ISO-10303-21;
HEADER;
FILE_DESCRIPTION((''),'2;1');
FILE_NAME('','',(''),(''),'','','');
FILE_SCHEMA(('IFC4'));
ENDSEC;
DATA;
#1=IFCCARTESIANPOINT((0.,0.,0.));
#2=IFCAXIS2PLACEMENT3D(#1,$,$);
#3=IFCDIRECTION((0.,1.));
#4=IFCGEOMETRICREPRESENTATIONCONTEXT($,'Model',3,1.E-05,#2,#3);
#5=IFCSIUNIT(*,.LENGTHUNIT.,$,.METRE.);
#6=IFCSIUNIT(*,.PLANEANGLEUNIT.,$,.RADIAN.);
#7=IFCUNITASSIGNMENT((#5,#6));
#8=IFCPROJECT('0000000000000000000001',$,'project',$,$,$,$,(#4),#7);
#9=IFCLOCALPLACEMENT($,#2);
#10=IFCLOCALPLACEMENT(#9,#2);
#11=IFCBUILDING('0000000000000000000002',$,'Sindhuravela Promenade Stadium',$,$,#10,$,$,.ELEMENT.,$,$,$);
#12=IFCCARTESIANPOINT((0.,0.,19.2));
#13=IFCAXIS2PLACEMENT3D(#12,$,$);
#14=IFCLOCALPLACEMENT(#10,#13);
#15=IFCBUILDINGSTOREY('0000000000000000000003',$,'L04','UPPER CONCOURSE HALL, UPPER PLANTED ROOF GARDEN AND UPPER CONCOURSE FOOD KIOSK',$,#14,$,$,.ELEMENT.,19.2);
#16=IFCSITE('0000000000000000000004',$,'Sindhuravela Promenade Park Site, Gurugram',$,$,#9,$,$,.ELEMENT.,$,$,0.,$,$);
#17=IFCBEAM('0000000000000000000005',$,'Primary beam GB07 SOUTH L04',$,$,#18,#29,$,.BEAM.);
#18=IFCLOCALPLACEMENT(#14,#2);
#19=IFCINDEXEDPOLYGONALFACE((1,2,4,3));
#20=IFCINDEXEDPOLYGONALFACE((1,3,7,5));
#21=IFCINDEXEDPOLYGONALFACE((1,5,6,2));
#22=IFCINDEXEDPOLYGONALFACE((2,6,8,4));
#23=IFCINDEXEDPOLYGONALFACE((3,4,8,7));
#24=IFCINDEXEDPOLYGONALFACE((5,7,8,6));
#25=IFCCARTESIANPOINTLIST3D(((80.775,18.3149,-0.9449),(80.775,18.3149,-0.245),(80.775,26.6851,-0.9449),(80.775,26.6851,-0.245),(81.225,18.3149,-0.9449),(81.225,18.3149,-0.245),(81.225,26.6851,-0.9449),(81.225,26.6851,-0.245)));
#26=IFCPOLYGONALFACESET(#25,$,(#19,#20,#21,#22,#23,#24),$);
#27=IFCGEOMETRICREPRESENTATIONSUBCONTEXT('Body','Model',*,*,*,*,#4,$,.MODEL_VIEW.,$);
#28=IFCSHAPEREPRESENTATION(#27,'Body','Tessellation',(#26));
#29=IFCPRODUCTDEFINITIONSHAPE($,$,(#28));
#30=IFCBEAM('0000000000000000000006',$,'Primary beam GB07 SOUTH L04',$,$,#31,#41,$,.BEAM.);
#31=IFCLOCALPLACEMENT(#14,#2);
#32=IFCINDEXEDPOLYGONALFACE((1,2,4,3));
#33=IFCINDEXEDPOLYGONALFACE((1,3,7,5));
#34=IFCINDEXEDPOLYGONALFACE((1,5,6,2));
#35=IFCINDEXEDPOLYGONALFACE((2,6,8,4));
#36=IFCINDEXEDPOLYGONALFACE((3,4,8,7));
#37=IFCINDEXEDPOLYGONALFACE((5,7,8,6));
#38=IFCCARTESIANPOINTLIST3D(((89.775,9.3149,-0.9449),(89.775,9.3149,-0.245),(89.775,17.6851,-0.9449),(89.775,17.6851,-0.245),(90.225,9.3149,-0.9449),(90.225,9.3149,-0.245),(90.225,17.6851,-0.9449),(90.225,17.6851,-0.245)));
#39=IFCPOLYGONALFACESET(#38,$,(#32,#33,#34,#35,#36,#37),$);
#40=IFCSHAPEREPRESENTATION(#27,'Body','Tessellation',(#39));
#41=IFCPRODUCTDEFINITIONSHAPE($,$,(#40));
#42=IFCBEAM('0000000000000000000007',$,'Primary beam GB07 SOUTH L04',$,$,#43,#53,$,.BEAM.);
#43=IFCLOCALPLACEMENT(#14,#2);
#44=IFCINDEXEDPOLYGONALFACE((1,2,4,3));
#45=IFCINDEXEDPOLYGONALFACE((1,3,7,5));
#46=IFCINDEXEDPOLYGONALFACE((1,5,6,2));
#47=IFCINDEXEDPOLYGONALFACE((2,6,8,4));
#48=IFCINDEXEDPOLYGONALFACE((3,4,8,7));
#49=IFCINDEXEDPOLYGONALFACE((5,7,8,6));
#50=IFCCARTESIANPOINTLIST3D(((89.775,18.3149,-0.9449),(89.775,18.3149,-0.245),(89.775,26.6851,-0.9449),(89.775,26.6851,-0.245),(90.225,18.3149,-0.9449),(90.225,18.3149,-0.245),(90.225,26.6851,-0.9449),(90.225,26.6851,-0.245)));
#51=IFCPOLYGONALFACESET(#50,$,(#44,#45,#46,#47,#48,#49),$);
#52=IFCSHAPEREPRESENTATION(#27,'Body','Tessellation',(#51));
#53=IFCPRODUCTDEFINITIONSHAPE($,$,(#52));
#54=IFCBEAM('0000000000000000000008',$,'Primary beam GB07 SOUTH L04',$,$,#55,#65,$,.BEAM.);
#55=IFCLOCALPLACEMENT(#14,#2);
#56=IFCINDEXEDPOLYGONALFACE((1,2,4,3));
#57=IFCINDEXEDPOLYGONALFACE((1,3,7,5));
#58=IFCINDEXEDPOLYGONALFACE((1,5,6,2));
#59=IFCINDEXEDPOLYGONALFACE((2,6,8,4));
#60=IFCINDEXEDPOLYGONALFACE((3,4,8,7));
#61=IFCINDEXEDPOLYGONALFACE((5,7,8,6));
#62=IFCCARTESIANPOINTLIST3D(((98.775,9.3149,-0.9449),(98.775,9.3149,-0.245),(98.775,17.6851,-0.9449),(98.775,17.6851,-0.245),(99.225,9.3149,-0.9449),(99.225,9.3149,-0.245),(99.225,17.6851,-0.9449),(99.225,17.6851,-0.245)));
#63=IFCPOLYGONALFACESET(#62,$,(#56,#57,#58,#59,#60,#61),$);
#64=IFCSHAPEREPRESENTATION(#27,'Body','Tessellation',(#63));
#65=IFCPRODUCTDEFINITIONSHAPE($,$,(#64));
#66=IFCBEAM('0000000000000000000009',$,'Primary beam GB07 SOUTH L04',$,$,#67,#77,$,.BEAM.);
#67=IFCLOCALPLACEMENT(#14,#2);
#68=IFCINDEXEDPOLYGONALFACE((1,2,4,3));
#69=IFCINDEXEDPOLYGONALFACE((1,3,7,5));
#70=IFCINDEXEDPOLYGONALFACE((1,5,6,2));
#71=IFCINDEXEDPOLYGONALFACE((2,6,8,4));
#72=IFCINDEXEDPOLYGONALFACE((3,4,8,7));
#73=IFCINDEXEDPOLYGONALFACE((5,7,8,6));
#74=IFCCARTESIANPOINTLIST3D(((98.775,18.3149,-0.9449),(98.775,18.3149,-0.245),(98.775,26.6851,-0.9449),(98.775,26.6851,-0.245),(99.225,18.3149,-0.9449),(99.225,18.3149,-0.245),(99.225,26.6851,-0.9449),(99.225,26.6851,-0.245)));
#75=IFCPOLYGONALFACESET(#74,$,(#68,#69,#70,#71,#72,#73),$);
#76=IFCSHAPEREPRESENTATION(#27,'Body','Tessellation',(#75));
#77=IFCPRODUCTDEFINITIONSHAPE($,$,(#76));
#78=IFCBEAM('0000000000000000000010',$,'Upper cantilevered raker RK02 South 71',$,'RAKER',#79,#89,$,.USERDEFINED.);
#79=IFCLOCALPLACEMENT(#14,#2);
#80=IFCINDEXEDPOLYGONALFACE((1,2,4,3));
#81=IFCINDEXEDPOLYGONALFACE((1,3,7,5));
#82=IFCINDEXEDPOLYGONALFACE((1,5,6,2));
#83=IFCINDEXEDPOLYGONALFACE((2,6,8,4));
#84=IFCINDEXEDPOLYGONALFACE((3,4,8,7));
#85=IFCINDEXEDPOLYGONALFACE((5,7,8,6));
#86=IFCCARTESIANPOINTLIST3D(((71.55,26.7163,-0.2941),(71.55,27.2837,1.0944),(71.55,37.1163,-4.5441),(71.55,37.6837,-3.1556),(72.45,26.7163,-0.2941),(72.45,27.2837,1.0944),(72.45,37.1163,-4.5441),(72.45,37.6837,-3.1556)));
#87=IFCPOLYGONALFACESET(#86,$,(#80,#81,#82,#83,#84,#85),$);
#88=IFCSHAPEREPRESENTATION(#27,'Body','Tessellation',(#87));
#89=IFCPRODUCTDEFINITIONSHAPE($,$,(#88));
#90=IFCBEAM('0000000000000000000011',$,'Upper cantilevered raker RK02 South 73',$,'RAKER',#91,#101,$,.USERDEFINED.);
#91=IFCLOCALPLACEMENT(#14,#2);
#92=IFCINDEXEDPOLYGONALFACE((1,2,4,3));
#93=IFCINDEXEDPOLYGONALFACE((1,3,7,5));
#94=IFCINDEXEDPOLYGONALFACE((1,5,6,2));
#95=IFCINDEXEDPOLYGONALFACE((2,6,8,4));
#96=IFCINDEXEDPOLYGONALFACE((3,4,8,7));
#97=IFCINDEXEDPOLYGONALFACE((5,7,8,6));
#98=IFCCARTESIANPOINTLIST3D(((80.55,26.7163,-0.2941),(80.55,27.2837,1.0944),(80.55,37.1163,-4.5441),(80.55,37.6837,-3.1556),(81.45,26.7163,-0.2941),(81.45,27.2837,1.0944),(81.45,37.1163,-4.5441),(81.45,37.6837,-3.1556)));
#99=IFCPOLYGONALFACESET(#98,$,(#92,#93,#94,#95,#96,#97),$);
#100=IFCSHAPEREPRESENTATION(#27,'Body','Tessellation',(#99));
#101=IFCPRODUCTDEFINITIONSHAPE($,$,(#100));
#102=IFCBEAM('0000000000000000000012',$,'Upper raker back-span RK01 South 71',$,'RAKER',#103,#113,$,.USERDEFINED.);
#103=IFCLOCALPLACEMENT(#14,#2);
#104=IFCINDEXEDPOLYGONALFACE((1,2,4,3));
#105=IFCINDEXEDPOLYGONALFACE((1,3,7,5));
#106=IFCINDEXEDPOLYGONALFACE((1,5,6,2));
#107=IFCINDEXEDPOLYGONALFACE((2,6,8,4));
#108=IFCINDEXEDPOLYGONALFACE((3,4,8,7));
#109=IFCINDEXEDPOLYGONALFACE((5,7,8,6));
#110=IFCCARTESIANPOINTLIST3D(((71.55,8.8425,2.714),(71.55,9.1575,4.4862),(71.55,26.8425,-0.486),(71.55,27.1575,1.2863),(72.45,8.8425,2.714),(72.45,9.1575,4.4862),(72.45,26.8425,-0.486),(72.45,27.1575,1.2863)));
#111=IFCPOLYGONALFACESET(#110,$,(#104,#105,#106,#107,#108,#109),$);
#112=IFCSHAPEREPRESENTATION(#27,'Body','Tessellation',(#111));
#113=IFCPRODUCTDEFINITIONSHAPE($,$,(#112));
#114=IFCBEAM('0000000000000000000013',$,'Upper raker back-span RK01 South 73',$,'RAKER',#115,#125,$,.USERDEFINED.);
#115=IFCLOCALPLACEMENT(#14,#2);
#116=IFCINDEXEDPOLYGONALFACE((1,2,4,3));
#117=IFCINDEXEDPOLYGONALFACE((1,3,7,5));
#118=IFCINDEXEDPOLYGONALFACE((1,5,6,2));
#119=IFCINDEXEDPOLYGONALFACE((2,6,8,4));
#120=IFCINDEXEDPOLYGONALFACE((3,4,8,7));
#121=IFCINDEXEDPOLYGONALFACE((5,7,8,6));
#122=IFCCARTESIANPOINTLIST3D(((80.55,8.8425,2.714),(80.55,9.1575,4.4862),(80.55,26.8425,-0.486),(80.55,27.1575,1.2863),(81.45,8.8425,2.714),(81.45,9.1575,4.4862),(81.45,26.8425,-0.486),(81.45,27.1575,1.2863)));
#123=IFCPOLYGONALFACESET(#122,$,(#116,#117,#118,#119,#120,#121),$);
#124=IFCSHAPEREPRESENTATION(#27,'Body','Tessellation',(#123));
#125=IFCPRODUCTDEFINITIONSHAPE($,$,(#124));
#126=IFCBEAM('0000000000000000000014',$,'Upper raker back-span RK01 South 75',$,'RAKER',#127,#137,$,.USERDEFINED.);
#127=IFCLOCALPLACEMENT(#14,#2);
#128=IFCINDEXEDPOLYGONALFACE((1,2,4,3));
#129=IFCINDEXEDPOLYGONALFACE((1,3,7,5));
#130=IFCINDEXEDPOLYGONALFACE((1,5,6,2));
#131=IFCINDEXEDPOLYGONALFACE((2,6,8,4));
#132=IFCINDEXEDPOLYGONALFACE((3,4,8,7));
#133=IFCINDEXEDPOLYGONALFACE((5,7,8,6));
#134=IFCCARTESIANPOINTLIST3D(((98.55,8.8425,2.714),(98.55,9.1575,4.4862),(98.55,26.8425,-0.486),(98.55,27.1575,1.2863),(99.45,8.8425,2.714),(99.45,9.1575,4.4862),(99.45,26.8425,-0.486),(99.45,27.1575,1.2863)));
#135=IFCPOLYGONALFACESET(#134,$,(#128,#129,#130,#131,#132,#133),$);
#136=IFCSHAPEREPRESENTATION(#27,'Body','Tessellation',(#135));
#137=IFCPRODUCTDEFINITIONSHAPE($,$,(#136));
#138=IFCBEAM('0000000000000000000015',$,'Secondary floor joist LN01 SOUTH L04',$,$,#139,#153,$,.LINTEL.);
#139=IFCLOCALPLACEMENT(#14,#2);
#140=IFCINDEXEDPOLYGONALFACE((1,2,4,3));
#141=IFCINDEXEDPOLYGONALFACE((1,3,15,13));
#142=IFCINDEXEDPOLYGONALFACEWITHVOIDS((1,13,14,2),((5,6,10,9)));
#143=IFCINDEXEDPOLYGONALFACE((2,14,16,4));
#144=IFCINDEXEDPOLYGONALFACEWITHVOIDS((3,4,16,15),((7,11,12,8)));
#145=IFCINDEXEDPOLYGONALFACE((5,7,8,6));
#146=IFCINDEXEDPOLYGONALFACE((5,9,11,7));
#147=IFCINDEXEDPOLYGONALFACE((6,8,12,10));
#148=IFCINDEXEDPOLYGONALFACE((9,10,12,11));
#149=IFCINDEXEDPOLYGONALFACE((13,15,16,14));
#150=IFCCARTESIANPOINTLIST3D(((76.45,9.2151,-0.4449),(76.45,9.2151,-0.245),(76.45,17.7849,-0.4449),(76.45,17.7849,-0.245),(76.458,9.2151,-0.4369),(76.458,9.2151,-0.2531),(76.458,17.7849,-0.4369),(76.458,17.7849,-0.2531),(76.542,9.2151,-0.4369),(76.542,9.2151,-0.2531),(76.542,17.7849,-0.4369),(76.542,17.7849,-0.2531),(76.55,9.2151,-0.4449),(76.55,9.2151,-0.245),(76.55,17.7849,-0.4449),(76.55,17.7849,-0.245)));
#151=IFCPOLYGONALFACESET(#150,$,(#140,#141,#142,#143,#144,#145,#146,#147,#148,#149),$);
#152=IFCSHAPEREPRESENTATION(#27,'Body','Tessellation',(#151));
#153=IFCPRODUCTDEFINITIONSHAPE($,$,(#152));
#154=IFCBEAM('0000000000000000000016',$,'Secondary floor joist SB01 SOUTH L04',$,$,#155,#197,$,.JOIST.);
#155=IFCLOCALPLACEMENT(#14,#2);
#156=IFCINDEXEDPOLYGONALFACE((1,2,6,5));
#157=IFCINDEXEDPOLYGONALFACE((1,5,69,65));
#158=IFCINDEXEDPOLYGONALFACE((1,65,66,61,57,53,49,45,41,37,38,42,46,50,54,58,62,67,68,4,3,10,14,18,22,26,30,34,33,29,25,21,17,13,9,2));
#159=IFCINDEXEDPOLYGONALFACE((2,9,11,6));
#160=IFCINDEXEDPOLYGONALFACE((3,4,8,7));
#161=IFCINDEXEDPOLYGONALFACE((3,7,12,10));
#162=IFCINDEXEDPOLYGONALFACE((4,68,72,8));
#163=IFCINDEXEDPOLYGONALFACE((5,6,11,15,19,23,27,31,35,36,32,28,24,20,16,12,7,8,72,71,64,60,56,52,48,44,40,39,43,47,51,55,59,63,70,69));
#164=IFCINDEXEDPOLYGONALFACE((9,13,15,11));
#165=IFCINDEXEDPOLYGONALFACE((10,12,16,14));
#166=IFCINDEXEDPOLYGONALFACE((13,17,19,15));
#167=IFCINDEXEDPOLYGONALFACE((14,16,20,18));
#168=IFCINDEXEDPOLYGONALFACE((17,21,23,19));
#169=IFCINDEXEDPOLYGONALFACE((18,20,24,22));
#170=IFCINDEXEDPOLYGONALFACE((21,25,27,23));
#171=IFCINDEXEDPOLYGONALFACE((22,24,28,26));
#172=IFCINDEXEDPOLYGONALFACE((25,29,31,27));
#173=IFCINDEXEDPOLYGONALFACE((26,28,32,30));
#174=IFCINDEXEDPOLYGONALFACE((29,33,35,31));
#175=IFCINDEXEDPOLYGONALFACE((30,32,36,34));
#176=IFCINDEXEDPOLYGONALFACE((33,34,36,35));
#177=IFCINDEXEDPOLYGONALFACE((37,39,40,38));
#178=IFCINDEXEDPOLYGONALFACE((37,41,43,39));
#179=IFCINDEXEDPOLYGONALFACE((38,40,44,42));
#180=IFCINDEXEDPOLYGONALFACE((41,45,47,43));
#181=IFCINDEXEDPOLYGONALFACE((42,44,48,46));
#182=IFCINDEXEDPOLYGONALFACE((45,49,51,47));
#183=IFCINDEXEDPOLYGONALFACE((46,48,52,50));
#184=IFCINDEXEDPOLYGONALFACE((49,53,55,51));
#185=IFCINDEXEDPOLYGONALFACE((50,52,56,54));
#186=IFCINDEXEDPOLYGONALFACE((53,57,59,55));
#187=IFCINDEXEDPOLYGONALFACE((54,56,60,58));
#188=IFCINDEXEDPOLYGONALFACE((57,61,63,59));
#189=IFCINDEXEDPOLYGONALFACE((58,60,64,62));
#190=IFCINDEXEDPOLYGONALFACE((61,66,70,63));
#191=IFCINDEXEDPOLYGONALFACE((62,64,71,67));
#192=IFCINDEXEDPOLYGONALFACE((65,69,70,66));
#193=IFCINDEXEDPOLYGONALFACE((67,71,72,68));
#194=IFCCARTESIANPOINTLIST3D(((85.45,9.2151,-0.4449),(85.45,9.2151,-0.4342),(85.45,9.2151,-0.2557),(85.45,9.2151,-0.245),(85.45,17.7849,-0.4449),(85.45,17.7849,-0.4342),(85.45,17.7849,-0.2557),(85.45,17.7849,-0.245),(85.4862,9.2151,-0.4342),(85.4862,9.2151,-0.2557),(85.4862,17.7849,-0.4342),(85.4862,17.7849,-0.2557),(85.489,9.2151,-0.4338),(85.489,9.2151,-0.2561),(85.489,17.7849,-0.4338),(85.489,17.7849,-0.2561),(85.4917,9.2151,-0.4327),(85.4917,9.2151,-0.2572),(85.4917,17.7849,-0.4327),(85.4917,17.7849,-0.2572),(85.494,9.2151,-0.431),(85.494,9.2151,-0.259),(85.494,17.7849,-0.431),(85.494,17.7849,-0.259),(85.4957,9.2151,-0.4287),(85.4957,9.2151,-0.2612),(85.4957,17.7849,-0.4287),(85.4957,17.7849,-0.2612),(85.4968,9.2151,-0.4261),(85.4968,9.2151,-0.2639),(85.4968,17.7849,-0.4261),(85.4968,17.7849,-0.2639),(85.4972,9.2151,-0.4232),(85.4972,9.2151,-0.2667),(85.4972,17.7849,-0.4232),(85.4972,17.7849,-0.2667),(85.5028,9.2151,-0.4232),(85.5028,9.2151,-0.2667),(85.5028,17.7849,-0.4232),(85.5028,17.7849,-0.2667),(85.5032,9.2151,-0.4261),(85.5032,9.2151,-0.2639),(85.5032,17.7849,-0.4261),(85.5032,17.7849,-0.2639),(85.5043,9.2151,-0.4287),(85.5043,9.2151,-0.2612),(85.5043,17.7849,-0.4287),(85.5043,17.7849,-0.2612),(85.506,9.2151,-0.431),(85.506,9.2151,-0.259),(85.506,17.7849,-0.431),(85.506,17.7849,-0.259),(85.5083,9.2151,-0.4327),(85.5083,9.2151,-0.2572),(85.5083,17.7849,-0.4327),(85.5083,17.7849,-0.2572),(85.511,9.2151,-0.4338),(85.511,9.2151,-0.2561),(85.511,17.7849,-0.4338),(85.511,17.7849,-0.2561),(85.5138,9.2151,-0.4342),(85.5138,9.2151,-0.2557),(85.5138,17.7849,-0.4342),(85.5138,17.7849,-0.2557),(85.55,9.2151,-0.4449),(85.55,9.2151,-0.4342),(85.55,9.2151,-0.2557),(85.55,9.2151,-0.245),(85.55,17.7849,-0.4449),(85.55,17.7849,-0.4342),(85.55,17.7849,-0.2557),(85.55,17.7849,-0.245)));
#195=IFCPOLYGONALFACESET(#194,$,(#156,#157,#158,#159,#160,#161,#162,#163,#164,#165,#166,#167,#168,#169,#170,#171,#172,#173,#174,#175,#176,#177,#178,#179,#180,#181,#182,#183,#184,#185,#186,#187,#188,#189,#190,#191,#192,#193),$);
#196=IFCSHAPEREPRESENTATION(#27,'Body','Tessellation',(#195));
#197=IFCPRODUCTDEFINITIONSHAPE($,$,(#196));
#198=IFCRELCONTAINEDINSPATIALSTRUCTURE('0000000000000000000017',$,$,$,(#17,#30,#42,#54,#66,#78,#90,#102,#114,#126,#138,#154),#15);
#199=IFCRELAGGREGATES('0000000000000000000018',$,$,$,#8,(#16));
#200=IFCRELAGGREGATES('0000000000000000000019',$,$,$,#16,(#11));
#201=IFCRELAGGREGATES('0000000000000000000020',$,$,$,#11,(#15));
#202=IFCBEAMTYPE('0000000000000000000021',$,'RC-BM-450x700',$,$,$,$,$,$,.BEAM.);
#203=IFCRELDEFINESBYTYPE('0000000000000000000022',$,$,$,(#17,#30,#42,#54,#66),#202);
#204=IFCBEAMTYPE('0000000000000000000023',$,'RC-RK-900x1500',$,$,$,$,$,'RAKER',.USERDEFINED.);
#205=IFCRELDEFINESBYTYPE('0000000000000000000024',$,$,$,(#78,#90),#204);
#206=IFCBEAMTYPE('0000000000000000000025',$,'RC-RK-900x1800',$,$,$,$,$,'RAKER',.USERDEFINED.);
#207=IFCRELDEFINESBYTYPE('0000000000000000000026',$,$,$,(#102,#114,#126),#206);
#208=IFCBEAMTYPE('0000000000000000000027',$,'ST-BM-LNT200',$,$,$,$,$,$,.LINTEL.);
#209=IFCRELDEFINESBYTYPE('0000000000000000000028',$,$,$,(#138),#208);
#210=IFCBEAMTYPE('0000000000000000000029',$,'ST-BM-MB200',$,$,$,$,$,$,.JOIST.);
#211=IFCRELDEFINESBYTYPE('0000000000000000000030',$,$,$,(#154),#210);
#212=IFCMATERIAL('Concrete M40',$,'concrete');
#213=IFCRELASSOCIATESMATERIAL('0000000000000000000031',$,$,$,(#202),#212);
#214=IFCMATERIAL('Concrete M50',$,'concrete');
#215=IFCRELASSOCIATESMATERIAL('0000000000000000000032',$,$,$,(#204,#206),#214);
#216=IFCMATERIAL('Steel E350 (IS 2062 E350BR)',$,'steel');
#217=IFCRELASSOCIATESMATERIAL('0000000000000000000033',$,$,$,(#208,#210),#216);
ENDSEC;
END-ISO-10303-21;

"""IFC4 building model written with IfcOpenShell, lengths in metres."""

from ifc_helpers import new_model, si_unit, direction, frame, origin, origin_2d, place, context, subcontext, project, spatial, rectangle, hollow_rectangle, i_section, extrude, material, material_profile, profile_set, type_object, element, save


model = new_model("IFC4")

# Units and contexts
model_context = context("Model", 3, precision=1e-05, world=origin(), true_north=direction((0.0, 1.0)))
body_context = subcontext(model_context, "Body", "Model", "MODEL_VIEW")
ifc_project = project(units=[si_unit("LENGTHUNIT", "METRE"), si_unit("PLANEANGLEUNIT", "RADIAN")], contexts=[model_context])

# Site, building, storey
site_placement = place(None, origin())
site = spatial("IfcSite", under=ifc_project, at=site_placement, Name="Sindhuravela Promenade Park Site, Gurugram", CompositionType="ELEMENT", RefElevation=0.0)
building_placement = place(site_placement, origin())
building = spatial("IfcBuilding", under=site, at=building_placement, Name="Sindhuravela Promenade Stadium", CompositionType="ELEMENT")
storey_placement = place(building_placement, frame((0.0, 0.0, 19.2)))
storey = spatial("IfcBuildingStorey", under=building, at=storey_placement, Name="L04", Description="UPPER CONCOURSE HALL, UPPER PLANTED ROOF GARDEN AND UPPER CONCOURSE FOOD KIOSK", CompositionType="ELEMENT", Elevation=19.2)

# Shared definitions
ifc_material_1 = material(Name="Steel E350 (IS 2062 E350BR)", Category="steel")

# Beams
ifc_material_2 = material(Name="Concrete M40", Category="concrete")
ifc_material_profile_1 = material_profile(ifc_material_2, rectangle(XDim=0.45, YDim=0.7, at=origin_2d()), Name="RC 450x700")
ifc_profile_set_1 = profile_set([ifc_material_profile_1], Name="Concrete M40")
beam_type_1 = type_object("IfcBeamType", Name="RC-BM-450x700", PredefinedType="BEAM", material=ifc_profile_set_1)
for number, where, z_axis, x_axis, name in (
    (1, (81.0, 18.3149, -0.595), (0.0, 1.0, 0.0), (-1.0, 0.0, 0.0), "Primary beam GB07 SOUTH L04"),
    (2, (90.0, 9.3149, -0.595), (0.0, 1.0, 0.0), (-1.0, 0.0, 0.0), "Primary beam GB07 SOUTH L04"),
    (3, (90.0, 18.3149, -0.595), (0.0, 1.0, 0.0), (-1.0, 0.0, 0.0), "Primary beam GB07 SOUTH L04"),
    (4, (99.0, 9.3149, -0.595), (0.0, 1.0, 0.0), (-1.0, 0.0, 0.0), "Primary beam GB07 SOUTH L04"),
    (5, (99.0, 18.3149, -0.595), (0.0, 1.0, 0.0), (-1.0, 0.0, 0.0), "Primary beam GB07 SOUTH L04"),
):
    element("IfcBeam", number, at=place(storey_placement, frame(where, z_axis=z_axis, x_axis=x_axis)), inside=storey, type_object=beam_type_1, Name=name, PredefinedType="BEAM", context=body_context, shape_type="SweptSolid", body=[
        extrude(rectangle(XDim=0.45, YDim=0.7, at=origin_2d()), origin(), (0.0, 0.0, 1.0), 8.3701),
    ])
ifc_material_3 = material(Name="Concrete M50", Category="concrete")
ifc_material_profile_2 = material_profile(ifc_material_3, rectangle(XDim=0.8999, YDim=1.5, at=origin_2d()), Name="RC 900x1500")
ifc_profile_set_2 = profile_set([ifc_material_profile_2], Name="Concrete M50")
beam_type_2 = type_object("IfcBeamType", Name="RC-RK-900x1500", ElementType="RAKER", PredefinedType="USERDEFINED", material=ifc_profile_set_2)
for number, where, z_axis, x_axis, name in (
    (6, (72.0, 27.0, 0.4001), (0.0, 0.925687, -0.378289), (-1.0, 0.0, 0.0), "Upper cantilevered raker RK02 South 71"),
    (7, (81.0, 27.0, 0.4001), (0.0, 0.925687, -0.378289), (-1.0, 0.0, 0.0), "Upper cantilevered raker RK02 South 73"),
):
    element("IfcBeam", number, at=place(storey_placement, frame(where, z_axis=z_axis, x_axis=x_axis)), inside=storey, type_object=beam_type_2, Name=name, ObjectType="RAKER", PredefinedType="USERDEFINED", context=body_context, shape_type="SweptSolid", body=[
        extrude(rectangle(XDim=0.8999, YDim=1.5, at=origin_2d()), origin(), (0.0, 0.0, 1.0), 11.2349),
    ])
ifc_material_profile_3 = material_profile(ifc_material_3, rectangle(XDim=0.8999, YDim=1.8, at=origin_2d()), Name="RC 900x1800")
ifc_profile_set_3 = profile_set([ifc_material_profile_3], Name="Concrete M50")
beam_type_3 = type_object("IfcBeamType", Name="RC-RK-900x1800", ElementType="RAKER", PredefinedType="USERDEFINED", material=ifc_profile_set_3)
for number, where, z_axis, x_axis, name in (
    (8, (72.0, 9.0, 3.6001), (0.0, 0.984563, -0.175031), (-1.0, 0.0, 0.0), "Upper raker back-span RK01 South 71"),
    (9, (81.0, 9.0, 3.6001), (0.0, 0.984563, -0.175031), (-1.0, 0.0, 0.0), "Upper raker back-span RK01 South 73"),
    (10, (99.0, 9.0, 3.6001), (0.0, 0.984563, -0.175031), (-1.0, 0.0, 0.0), "Upper raker back-span RK01 South 75"),
):
    element("IfcBeam", number, at=place(storey_placement, frame(where, z_axis=z_axis, x_axis=x_axis)), inside=storey, type_object=beam_type_3, Name=name, ObjectType="RAKER", PredefinedType="USERDEFINED", context=body_context, shape_type="SweptSolid", body=[
        extrude(rectangle(XDim=0.8999, YDim=1.8, at=origin_2d()), origin(), (0.0, 0.0, 1.0), 18.2822),
    ])
ifc_material_profile_4 = material_profile(ifc_material_1, hollow_rectangle(XDim=0.1001, YDim=0.2, WallThickness=0.0081, at=origin_2d()), Name="RHS 200x100x8")
ifc_profile_set_4 = profile_set([ifc_material_profile_4], Name="Steel E350 (IS 2062 E350BR)")
beam_type_4 = type_object("IfcBeamType", Name="ST-BM-LNT200", PredefinedType="LINTEL", material=ifc_profile_set_4)
beam_1_placement = place(storey_placement, frame((76.5, 9.2151, -0.345), z_axis=(0.0, 1.0, 0.0), x_axis=(-1.0, 0.0, 0.0)))
element("IfcBeam", 11, at=beam_1_placement, inside=storey, type_object=beam_type_4, Name="Secondary floor joist LN01 SOUTH L04", PredefinedType="LINTEL", context=body_context, shape_type="SweptSolid", body=[
    extrude(hollow_rectangle(XDim=0.1001, YDim=0.2, WallThickness=0.0081, at=origin_2d()), origin(), (0.0, 0.0, 1.0), 8.5698),
])
ifc_material_profile_5 = material_profile(ifc_material_1, i_section(OverallWidth=0.1001, OverallDepth=0.2, WebThickness=0.0056, FlangeThickness=0.0107, FilletRadius=0.011, at=origin_2d()), Name="ISMB 200")
ifc_profile_set_5 = profile_set([ifc_material_profile_5], Name="Steel E350 (IS 2062 E350BR)")
beam_type_5 = type_object("IfcBeamType", Name="ST-BM-MB200", PredefinedType="JOIST", material=ifc_profile_set_5)
beam_2_placement = place(storey_placement, frame((85.5, 9.2151, -0.345), z_axis=(0.0, 1.0, 0.0), x_axis=(-1.0, 0.0, 0.0)))
element("IfcBeam", 12, at=beam_2_placement, inside=storey, type_object=beam_type_5, Name="Secondary floor joist SB01 SOUTH L04", PredefinedType="JOIST", context=body_context, shape_type="SweptSolid", body=[
    extrude(i_section(OverallWidth=0.1001, OverallDepth=0.2, WebThickness=0.0056, FlangeThickness=0.0107, FilletRadius=0.011, at=origin_2d()), origin(), (0.0, 0.0, 1.0), 8.5698),
])

save(model, "model.ifc")
